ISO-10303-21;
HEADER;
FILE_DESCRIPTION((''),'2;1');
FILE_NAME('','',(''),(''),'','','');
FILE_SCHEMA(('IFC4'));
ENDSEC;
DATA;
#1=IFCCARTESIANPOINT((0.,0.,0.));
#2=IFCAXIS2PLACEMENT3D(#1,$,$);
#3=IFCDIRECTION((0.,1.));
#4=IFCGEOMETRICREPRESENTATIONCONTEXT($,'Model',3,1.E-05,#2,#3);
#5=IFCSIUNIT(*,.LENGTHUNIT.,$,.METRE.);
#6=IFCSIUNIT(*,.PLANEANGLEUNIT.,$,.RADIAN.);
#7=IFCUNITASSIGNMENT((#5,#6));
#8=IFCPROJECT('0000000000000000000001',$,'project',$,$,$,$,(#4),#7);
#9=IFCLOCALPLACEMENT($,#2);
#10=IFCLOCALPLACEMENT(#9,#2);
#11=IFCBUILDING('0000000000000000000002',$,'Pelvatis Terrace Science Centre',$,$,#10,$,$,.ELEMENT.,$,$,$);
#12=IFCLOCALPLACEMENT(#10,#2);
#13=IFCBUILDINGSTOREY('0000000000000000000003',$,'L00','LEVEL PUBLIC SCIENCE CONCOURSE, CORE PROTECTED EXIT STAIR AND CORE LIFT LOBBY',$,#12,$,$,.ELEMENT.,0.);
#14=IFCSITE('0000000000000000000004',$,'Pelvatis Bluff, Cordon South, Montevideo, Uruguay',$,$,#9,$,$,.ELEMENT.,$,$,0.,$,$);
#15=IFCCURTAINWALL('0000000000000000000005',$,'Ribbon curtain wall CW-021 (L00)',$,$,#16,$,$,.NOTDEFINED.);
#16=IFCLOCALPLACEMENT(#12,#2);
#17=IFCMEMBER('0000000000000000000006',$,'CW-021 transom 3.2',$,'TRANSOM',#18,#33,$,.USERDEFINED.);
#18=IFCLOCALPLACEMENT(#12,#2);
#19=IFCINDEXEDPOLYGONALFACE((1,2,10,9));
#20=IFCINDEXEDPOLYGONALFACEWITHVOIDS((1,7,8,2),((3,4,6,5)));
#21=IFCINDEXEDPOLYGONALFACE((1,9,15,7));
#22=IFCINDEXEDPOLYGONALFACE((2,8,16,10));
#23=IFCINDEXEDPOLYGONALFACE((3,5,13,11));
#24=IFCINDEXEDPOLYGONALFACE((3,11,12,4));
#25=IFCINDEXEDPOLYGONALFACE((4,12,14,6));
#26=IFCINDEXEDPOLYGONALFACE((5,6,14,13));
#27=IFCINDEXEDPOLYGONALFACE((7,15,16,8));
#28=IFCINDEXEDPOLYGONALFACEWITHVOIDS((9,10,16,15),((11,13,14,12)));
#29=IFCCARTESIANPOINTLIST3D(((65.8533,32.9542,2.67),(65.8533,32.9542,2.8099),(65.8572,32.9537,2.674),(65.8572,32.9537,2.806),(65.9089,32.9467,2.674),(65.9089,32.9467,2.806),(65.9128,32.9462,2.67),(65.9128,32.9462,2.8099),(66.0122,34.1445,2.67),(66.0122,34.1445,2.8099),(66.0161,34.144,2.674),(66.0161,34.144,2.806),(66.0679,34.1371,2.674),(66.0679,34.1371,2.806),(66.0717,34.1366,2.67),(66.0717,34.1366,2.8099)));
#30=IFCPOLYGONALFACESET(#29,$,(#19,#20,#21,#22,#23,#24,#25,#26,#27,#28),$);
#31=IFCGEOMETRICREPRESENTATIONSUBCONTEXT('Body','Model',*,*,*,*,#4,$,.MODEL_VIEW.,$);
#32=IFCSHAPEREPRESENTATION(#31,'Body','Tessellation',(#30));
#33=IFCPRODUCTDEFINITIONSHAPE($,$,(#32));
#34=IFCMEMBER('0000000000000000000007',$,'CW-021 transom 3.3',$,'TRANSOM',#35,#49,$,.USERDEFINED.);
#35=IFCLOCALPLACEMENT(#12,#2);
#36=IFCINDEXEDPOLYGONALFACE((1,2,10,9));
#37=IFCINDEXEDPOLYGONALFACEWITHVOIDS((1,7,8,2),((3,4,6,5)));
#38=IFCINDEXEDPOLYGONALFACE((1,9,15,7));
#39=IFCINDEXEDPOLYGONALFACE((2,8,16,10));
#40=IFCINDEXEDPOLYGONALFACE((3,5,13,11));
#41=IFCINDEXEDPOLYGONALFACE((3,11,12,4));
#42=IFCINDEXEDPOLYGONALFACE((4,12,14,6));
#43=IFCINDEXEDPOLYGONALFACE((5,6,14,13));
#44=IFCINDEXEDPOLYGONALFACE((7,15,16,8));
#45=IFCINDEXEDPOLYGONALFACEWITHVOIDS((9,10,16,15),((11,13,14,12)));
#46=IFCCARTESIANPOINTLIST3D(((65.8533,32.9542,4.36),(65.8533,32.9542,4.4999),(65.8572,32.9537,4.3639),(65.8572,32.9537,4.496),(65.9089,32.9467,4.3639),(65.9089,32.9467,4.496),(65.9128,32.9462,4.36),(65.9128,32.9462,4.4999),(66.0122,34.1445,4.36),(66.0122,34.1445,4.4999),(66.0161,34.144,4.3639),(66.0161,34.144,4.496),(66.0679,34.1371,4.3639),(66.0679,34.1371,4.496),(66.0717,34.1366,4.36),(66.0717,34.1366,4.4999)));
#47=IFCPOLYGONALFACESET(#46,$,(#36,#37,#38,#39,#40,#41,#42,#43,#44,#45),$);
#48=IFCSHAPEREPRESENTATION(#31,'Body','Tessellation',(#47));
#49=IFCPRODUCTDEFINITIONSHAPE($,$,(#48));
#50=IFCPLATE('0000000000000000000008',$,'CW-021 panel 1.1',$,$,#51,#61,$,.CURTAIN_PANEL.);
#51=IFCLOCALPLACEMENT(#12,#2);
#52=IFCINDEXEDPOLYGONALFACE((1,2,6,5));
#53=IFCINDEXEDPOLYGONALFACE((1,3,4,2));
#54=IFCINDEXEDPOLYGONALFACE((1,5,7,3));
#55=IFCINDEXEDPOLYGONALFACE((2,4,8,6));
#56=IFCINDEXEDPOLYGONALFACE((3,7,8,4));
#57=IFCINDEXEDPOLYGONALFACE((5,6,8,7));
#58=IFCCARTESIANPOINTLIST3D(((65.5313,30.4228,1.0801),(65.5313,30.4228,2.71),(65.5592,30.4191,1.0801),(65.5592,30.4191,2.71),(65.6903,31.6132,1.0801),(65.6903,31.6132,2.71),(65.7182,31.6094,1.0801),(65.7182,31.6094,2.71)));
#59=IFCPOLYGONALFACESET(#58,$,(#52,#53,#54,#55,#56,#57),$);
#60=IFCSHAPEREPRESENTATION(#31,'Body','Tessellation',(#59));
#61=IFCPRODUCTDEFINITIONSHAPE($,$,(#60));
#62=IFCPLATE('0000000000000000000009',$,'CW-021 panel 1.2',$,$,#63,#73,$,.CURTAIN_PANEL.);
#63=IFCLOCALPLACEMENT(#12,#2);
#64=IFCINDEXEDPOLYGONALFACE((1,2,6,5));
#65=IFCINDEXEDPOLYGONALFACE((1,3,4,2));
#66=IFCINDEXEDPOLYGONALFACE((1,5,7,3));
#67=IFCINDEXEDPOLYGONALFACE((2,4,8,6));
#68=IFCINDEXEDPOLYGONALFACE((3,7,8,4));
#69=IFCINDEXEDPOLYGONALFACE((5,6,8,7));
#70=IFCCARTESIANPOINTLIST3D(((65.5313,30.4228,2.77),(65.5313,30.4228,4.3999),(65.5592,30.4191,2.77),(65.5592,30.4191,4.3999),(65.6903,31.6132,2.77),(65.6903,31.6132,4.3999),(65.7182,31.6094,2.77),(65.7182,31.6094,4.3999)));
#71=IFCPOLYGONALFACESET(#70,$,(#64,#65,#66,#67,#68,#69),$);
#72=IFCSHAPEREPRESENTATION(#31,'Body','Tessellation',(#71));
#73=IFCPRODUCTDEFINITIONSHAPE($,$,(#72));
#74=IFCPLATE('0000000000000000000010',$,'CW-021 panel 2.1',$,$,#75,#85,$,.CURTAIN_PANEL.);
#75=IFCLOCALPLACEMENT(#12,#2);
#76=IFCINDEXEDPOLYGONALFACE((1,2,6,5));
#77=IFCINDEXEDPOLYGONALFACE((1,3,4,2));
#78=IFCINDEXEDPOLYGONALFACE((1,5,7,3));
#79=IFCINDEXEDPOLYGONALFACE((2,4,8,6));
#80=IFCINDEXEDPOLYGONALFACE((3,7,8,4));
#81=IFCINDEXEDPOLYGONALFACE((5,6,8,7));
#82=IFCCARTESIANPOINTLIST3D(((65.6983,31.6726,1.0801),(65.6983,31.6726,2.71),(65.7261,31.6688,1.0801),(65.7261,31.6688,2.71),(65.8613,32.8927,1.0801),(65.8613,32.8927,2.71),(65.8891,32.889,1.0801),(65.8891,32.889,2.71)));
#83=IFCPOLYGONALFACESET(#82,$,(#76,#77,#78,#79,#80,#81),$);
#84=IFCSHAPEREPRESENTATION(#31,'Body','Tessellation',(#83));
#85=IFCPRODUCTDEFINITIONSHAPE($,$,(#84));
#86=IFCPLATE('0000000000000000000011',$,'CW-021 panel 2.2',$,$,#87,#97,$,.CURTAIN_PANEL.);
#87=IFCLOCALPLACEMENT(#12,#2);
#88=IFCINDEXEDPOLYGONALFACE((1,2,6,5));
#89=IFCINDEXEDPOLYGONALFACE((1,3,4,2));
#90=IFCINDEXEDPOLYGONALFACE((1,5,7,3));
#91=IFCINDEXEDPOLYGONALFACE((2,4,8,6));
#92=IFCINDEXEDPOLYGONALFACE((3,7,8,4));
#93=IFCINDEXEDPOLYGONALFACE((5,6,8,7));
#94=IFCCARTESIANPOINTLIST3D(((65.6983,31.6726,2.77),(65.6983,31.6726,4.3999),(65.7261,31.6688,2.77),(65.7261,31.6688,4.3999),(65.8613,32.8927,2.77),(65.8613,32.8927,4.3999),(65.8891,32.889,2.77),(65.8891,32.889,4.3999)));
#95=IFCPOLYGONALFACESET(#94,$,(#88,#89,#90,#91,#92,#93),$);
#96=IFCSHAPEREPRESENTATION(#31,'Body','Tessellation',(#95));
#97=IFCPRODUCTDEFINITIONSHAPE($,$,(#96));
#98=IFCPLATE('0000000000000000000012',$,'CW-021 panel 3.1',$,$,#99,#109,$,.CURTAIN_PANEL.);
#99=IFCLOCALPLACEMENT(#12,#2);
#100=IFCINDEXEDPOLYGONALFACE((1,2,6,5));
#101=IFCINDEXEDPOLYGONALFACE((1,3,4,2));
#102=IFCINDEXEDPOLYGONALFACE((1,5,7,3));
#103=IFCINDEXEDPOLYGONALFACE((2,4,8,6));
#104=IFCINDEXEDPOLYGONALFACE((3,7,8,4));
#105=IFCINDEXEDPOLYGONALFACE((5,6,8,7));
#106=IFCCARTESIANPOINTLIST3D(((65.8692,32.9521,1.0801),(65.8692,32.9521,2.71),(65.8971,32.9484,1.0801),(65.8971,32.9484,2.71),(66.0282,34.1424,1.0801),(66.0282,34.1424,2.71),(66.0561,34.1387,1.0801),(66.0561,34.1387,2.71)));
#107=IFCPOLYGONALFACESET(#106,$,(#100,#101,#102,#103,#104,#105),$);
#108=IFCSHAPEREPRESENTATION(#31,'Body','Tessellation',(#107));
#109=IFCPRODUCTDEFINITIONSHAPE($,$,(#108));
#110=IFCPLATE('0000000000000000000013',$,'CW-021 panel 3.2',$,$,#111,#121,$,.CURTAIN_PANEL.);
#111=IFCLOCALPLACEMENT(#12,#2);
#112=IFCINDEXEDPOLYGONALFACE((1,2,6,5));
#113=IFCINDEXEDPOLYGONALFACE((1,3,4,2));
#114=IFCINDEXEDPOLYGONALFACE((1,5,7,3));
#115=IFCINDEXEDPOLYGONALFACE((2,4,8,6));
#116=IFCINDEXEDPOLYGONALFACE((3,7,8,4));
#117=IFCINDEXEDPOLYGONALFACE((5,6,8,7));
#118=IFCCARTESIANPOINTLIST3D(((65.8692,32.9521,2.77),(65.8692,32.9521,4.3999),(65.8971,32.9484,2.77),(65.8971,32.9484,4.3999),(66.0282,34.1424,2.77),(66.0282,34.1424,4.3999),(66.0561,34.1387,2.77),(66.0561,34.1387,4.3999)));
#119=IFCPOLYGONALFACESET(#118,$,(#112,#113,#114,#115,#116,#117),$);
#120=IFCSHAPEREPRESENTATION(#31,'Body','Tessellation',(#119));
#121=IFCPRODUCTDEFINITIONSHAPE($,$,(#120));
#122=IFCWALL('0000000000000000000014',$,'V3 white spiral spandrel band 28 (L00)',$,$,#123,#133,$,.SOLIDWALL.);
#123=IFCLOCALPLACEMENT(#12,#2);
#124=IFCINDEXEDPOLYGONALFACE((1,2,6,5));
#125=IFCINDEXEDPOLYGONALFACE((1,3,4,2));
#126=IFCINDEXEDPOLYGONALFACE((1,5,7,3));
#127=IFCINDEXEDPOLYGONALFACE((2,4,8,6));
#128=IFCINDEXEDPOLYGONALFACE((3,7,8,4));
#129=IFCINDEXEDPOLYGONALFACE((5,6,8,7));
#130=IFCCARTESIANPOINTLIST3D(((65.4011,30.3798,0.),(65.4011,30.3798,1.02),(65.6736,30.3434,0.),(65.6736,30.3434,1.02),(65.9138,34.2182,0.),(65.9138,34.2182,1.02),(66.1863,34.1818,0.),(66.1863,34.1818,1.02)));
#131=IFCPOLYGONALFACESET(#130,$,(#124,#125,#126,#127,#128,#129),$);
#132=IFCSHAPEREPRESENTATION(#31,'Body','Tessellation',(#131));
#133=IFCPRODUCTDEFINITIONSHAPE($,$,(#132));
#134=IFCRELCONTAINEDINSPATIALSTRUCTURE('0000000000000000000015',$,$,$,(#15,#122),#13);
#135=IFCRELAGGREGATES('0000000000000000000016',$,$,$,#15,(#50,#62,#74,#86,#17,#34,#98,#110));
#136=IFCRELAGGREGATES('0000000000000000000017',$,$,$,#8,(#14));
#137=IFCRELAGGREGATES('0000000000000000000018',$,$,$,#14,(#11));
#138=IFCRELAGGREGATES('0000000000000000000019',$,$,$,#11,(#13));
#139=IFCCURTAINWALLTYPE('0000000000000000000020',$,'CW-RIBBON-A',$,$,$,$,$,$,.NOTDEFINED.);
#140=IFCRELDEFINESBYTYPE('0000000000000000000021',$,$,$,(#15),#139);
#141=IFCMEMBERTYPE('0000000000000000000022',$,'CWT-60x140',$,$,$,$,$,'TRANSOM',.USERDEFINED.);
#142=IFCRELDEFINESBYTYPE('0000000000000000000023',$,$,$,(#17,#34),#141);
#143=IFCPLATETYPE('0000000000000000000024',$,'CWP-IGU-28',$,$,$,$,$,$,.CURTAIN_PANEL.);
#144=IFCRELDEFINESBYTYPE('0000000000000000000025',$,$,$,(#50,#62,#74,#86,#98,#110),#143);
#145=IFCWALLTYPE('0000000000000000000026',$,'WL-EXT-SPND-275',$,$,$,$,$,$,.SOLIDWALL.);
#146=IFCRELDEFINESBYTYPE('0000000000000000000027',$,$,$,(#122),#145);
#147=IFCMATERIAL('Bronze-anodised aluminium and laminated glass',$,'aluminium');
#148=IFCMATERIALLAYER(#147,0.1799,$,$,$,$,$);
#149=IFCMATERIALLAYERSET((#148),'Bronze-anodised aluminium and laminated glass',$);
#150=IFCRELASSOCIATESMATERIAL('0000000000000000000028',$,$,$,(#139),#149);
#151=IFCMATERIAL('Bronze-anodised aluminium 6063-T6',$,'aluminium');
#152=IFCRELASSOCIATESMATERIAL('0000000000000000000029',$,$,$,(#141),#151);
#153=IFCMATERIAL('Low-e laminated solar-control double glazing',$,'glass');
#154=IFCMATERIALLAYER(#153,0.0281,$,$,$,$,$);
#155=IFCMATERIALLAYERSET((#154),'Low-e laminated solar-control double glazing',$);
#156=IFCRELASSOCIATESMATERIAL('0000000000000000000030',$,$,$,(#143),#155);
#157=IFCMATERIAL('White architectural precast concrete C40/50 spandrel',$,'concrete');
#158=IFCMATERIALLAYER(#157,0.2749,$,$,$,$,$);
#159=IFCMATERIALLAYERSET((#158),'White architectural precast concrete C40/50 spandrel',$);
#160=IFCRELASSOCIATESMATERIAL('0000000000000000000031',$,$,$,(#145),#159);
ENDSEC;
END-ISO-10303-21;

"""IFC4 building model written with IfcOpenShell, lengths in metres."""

from ifc_helpers import new_model, si_unit, direction, frame, frame_2d, origin, origin_2d, place, context, subcontext, project, spatial, rectangle, hollow_rectangle, extrude, material, layer, layer_set, material_profile, profile_set, type_object, element, aggregate, save


model = new_model("IFC4")

# Units and contexts
model_context = context("Model", 3, precision=1e-05, world=origin(), true_north=direction((0.0, 1.0)))
body_context = subcontext(model_context, "Body", "Model", "MODEL_VIEW")
ifc_project = project(units=[si_unit("LENGTHUNIT", "METRE"), si_unit("PLANEANGLEUNIT", "RADIAN")], contexts=[model_context])

# Site, building, storey
site_placement = place(None, origin())
site = spatial("IfcSite", under=ifc_project, at=site_placement, Name="Pelvatis Bluff, Cordon South, Montevideo, Uruguay", CompositionType="ELEMENT", RefElevation=0.0)
building_placement = place(site_placement, origin())
building = spatial("IfcBuilding", under=site, at=building_placement, Name="Pelvatis Terrace Science Centre", CompositionType="ELEMENT")
storey_placement = place(building_placement, origin())
storey = spatial("IfcBuildingStorey", under=building, at=storey_placement, Name="L00", Description="LEVEL PUBLIC SCIENCE CONCOURSE, CORE PROTECTED EXIT STAIR AND CORE LIFT LOBBY", CompositionType="ELEMENT", Elevation=0.0)

# Shared definitions
ifc_material_1 = material(Name="Bronze-anodised aluminium and laminated glass", Category="aluminium")
ifc_layer_1 = layer(ifc_material_1, 0.1799)
ifc_layer_set_1 = layer_set([ifc_layer_1], Name="Bronze-anodised aluminium and laminated glass")
curtain_wall_type = type_object("IfcCurtainWallType", Name="CW-RIBBON-A", PredefinedType="NOTDEFINED", material=ifc_layer_set_1)

# Curtain wall, members, plates
curtain_wall_1_placement = place(storey_placement, origin())
curtain_wall_1 = element("IfcCurtainWall", 1, at=curtain_wall_1_placement, inside=storey, type_object=curtain_wall_type, Name="Ribbon curtain wall CW-021 (L00)", PredefinedType="NOTDEFINED")
ifc_material_2 = material(Name="Bronze-anodised aluminium 6063-T6", Category="aluminium")
ifc_material_profile_1 = material_profile(ifc_material_2, hollow_rectangle(XDim=0.0601, YDim=0.1399, WallThickness=0.0039, at=origin_2d()), Name="ALU-TRN 60x140")
ifc_profile_set_1 = profile_set([ifc_material_profile_1], Name="Bronze-anodised aluminium 6063-T6")
member_type_1 = type_object("IfcMemberType", Name="CWT-60x140", ElementType="TRANSOM", PredefinedType="USERDEFINED", material=ifc_profile_set_1)
member_1_placement = place(storey_placement, frame((65.8831, 32.9502, 2.74), z_axis=(0.132337, 0.991205, 0.0), x_axis=(-0.991205, 0.132337, 0.0)))
member_1 = element("IfcMember", 2, at=member_1_placement, type_object=member_type_1, Name="CW-021 transom 3.2", ObjectType="TRANSOM", PredefinedType="USERDEFINED", context=body_context, shape_type="SweptSolid", body=[
    extrude(hollow_rectangle(XDim=0.0601, YDim=0.1399, WallThickness=0.0039, at=origin_2d()), origin(), (0.0, 0.0, 1.0), 1.2009),
])
member_2_placement = place(storey_placement, frame((65.8831, 32.9502, 4.4299), z_axis=(0.132337, 0.991205, 0.0), x_axis=(-0.991205, 0.132337, 0.0)))
member_2 = element("IfcMember", 3, at=member_2_placement, type_object=member_type_1, Name="CW-021 transom 3.3", ObjectType="TRANSOM", PredefinedType="USERDEFINED", context=body_context, shape_type="SweptSolid", body=[
    extrude(hollow_rectangle(XDim=0.0601, YDim=0.1399, WallThickness=0.0039, at=origin_2d()), origin(), (0.0, 0.0, 1.0), 1.2009),
])
ifc_material_3 = material(Name="Low-e laminated solar-control double glazing", Category="glass")
ifc_layer_2 = layer(ifc_material_3, 0.0281)
ifc_layer_set_2 = layer_set([ifc_layer_2], Name="Low-e laminated solar-control double glazing")
plate_type = type_object("IfcPlateType", Name="CWP-IGU-28", PredefinedType="CURTAIN_PANEL", material=ifc_layer_set_2)
plate_1_placement = place(storey_placement, frame((65.6248, 31.0161, 1.0801), z_axis=(0.0, 0.0, 1.0), x_axis=(0.132392, 0.991197, 0.0)))
plate_1 = element("IfcPlate", 4, at=plate_1_placement, type_object=plate_type, Name="CW-021 panel 1.1", PredefinedType="CURTAIN_PANEL", context=body_context, shape_type="SweptSolid", body=[
    extrude(rectangle(XDim=1.2009, YDim=0.0281, at=origin_2d()), origin(), (0.0, 0.0, 1.0), 1.6299),
])
plate_2_placement = place(storey_placement, frame((65.6248, 31.0161, 2.77), z_axis=(0.0, 0.0, 1.0), x_axis=(0.132392, 0.991197, 0.0)))
plate_2 = element("IfcPlate", 5, at=plate_2_placement, type_object=plate_type, Name="CW-021 panel 1.2", PredefinedType="CURTAIN_PANEL", context=body_context, shape_type="SweptSolid", body=[
    extrude(rectangle(XDim=1.2009, YDim=0.0281, at=origin_2d()), origin(), (0.0, 0.0, 1.0), 1.6299),
])
plate_3_placement = place(storey_placement, frame((65.7937, 32.2808, 1.0801), z_axis=(0.0, 0.0, 1.0), x_axis=(0.132392, 0.991197, 0.0)))
plate_3 = element("IfcPlate", 6, at=plate_3_placement, type_object=plate_type, Name="CW-021 panel 2.1", PredefinedType="CURTAIN_PANEL", context=body_context, shape_type="SweptSolid", body=[
    extrude(rectangle(XDim=1.231, YDim=0.0281, at=origin_2d()), origin(), (0.0, 0.0, 1.0), 1.6299),
])
plate_4_placement = place(storey_placement, frame((65.7937, 32.2808, 2.77), z_axis=(0.0, 0.0, 1.0), x_axis=(0.132392, 0.991197, 0.0)))
plate_4 = element("IfcPlate", 7, at=plate_4_placement, type_object=plate_type, Name="CW-021 panel 2.2", PredefinedType="CURTAIN_PANEL", context=body_context, shape_type="SweptSolid", body=[
    extrude(rectangle(XDim=1.231, YDim=0.0281, at=origin_2d()), origin(), (0.0, 0.0, 1.0), 1.6299),
])
plate_5_placement = place(storey_placement, frame((65.9626, 33.5454, 1.0801), z_axis=(0.0, 0.0, 1.0), x_axis=(0.132392, 0.991197, 0.0)))
plate_5 = element("IfcPlate", 8, at=plate_5_placement, type_object=plate_type, Name="CW-021 panel 3.1", PredefinedType="CURTAIN_PANEL", context=body_context, shape_type="SweptSolid", body=[
    extrude(rectangle(XDim=1.2009, YDim=0.0281, at=origin_2d()), origin(), (0.0, 0.0, 1.0), 1.6299),
])
plate_6_placement = place(storey_placement, frame((65.9626, 33.5454, 2.77), z_axis=(0.0, 0.0, 1.0), x_axis=(0.132392, 0.991197, 0.0)))
plate_6 = element("IfcPlate", 9, at=plate_6_placement, type_object=plate_type, Name="CW-021 panel 3.2", PredefinedType="CURTAIN_PANEL", context=body_context, shape_type="SweptSolid", body=[
    extrude(rectangle(XDim=1.2009, YDim=0.0281, at=origin_2d()), origin(), (0.0, 0.0, 1.0), 1.6299),
])
aggregate(curtain_wall_1, [plate_1, plate_2, plate_3, plate_4, member_1, member_2, plate_5, plate_6])

# Wall
ifc_material_4 = material(Name="White architectural precast concrete C40/50 spandrel", Category="concrete")
ifc_layer_3 = layer(ifc_material_4, 0.2749)
ifc_layer_set_3 = layer_set([ifc_layer_3], Name="White architectural precast concrete C40/50 spandrel")
wall_type = type_object("IfcWallType", Name="WL-EXT-SPND-275", PredefinedType="SOLIDWALL", material=ifc_layer_set_3)
wall_placement = place(storey_placement, frame((65.5374, 30.3616, 0.0), z_axis=(0.0, 0.0, 1.0), x_axis=(0.132395, 0.991197, 0.0)))
element("IfcWall", 10, at=wall_placement, inside=storey, type_object=wall_type, Name="V3 white spiral spandrel band 28 (L00)", PredefinedType="SOLIDWALL", context=body_context, shape_type="SweptSolid", body=[
    extrude(rectangle(XDim=3.8726, YDim=0.2749, at=frame_2d((1.9363, 0.0))), origin(), (0.0, 0.0, 1.0), 1.02),
])

save(model, "model.ifc")
